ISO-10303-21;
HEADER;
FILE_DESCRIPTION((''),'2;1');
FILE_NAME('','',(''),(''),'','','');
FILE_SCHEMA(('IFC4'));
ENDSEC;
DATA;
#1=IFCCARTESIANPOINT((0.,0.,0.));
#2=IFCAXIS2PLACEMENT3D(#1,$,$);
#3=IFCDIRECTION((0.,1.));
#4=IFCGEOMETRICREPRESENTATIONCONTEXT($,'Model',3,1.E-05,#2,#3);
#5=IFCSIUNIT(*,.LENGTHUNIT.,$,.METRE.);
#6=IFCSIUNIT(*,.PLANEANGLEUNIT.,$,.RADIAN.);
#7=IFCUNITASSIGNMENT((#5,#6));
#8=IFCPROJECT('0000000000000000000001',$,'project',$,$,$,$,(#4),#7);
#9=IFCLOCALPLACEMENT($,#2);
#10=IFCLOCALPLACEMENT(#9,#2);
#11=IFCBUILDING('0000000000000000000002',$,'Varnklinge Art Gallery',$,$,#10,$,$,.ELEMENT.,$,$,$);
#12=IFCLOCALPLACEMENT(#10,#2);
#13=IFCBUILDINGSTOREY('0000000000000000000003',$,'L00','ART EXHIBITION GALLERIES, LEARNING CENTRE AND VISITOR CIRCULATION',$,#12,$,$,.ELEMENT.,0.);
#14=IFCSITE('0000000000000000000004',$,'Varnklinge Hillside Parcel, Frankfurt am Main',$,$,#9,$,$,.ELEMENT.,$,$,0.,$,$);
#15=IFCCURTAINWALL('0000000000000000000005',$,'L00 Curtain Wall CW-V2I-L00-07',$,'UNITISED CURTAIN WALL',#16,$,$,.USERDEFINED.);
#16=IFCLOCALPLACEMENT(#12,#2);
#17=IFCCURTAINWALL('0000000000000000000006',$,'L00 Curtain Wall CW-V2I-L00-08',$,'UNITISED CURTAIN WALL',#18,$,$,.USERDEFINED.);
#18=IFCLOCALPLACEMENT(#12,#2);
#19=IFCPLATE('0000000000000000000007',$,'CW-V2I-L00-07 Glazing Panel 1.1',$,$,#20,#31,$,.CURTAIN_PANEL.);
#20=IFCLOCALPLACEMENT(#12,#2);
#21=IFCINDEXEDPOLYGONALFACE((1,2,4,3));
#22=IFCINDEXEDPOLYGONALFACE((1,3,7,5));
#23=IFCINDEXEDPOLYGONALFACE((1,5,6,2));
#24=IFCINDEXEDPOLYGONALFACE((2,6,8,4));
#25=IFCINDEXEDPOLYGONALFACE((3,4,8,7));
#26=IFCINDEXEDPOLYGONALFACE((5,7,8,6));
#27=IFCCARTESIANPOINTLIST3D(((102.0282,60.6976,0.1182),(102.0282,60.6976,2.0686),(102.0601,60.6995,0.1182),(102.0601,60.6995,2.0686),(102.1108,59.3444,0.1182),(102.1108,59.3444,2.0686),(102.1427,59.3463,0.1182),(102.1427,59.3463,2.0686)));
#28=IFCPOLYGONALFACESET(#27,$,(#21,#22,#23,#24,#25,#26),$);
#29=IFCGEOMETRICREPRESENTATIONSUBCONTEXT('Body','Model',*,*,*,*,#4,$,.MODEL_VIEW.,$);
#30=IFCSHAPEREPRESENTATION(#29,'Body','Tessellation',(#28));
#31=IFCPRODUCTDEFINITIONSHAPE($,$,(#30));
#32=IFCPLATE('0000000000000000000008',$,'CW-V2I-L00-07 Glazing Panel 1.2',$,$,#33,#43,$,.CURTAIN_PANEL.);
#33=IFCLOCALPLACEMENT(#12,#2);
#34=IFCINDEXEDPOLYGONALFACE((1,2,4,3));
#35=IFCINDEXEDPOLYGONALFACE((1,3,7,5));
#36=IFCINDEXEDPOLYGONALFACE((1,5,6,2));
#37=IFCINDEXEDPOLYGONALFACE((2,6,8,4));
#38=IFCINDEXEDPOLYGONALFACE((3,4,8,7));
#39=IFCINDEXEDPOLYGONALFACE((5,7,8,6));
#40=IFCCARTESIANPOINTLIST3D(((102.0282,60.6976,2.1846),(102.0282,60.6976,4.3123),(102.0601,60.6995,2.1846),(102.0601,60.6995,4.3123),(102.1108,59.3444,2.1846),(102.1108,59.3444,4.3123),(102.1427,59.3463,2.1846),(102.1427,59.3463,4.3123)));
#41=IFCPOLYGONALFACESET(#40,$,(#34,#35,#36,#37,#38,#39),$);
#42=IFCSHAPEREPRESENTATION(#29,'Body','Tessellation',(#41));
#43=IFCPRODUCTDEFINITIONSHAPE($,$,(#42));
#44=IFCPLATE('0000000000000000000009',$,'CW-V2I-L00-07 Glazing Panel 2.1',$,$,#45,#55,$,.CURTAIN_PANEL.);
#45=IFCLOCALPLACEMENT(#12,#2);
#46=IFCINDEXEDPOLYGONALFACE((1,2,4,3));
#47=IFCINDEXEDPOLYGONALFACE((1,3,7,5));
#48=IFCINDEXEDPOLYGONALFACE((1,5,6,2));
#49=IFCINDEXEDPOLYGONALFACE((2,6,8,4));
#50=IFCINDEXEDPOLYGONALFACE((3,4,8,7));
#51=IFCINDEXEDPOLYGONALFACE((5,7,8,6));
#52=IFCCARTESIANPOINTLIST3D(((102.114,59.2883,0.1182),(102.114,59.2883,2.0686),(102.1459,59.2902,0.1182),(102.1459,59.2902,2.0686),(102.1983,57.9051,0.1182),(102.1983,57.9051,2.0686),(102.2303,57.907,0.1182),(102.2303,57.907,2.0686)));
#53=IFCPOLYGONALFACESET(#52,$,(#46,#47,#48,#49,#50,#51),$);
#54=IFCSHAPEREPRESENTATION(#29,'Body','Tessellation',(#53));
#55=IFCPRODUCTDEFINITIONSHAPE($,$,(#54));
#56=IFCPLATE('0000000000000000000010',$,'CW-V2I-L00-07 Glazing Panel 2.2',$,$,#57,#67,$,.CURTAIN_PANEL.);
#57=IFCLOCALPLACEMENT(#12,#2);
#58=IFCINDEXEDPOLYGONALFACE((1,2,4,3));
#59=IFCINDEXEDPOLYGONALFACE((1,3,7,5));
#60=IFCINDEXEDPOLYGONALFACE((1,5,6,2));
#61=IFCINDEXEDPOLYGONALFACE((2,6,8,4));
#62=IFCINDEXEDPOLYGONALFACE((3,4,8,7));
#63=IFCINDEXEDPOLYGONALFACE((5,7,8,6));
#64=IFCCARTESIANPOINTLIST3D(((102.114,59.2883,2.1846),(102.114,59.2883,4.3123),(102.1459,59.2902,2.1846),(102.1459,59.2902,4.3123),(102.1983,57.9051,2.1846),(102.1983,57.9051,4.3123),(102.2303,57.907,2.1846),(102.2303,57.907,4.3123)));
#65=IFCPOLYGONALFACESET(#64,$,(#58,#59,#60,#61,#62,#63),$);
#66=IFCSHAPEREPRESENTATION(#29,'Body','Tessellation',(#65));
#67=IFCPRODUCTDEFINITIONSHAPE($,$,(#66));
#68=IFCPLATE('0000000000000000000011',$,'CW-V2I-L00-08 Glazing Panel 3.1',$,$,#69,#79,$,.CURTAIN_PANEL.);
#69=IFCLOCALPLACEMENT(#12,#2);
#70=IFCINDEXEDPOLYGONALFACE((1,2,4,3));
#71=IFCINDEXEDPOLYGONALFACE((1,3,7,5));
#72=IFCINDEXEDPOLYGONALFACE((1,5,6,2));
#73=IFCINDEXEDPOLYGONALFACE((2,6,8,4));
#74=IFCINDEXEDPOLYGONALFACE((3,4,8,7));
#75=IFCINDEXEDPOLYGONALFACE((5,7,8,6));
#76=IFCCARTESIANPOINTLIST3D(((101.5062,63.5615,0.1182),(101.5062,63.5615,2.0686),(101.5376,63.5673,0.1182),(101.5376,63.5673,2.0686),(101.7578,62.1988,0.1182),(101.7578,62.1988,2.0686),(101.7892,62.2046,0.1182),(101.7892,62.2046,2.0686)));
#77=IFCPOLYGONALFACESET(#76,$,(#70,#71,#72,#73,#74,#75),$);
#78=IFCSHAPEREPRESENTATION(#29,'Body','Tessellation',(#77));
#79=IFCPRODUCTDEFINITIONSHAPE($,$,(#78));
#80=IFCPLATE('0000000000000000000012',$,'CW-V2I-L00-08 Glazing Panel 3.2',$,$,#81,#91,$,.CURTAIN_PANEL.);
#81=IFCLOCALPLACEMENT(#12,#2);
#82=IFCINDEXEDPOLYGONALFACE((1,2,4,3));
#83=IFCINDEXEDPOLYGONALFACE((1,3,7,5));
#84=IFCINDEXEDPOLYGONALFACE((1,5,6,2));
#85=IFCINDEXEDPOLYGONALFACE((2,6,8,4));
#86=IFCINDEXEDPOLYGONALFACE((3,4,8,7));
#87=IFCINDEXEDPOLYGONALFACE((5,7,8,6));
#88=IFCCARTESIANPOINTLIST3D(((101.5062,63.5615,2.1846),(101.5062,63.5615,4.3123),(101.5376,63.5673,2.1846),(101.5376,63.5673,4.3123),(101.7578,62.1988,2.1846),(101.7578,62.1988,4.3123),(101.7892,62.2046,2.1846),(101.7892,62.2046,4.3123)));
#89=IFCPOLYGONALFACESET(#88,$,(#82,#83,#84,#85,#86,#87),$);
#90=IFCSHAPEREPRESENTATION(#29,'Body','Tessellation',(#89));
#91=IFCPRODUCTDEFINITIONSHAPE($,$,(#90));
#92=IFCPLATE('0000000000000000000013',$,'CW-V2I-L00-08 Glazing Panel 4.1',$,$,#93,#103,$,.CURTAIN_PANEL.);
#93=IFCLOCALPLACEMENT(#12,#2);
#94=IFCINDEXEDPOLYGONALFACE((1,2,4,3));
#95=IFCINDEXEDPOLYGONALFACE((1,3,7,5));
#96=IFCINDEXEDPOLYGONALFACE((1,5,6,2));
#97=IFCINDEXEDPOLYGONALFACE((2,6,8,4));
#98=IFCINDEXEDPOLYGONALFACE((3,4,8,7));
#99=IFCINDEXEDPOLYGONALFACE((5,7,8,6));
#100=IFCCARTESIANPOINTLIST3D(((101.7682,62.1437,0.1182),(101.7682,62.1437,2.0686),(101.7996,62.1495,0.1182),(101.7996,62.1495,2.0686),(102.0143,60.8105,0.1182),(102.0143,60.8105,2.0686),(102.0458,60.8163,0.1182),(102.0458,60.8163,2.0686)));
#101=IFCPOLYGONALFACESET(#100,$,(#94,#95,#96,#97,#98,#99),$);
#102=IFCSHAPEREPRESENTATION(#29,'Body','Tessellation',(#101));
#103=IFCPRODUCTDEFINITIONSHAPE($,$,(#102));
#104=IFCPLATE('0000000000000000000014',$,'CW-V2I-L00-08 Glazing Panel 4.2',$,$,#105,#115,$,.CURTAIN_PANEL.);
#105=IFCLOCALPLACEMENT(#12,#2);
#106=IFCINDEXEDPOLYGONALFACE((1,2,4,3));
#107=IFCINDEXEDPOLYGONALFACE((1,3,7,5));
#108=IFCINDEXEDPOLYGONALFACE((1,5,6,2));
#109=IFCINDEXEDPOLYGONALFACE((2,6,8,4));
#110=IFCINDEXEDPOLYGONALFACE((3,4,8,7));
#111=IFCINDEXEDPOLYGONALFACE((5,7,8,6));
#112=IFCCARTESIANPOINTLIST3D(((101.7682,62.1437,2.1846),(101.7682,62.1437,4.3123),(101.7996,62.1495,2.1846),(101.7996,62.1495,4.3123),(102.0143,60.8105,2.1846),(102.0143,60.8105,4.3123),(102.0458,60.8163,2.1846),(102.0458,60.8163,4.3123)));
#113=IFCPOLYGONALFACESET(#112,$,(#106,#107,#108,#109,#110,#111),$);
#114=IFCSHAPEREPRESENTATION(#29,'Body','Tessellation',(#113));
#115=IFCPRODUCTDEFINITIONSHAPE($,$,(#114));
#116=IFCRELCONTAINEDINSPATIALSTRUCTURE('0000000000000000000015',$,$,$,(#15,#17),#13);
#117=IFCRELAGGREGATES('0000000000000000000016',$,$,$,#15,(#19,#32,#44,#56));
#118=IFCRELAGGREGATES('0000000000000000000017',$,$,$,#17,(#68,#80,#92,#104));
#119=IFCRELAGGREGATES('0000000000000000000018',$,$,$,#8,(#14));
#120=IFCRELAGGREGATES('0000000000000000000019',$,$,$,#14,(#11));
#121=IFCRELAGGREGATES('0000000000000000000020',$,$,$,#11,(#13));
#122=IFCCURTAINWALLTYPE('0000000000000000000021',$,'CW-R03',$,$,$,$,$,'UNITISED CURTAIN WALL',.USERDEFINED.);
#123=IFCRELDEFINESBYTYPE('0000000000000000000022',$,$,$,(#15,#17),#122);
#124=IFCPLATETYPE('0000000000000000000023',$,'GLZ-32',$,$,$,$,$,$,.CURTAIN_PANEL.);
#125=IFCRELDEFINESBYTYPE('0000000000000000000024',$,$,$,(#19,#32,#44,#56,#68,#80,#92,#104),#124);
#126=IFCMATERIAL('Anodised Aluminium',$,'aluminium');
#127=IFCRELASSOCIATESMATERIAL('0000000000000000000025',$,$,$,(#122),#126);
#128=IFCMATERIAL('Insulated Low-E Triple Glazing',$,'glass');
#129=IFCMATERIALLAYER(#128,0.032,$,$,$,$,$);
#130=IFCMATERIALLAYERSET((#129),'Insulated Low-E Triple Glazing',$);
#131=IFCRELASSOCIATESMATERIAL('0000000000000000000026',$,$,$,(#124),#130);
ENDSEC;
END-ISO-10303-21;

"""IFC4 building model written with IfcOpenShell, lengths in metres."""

from ifc_helpers import new_model, si_unit, direction, frame, origin, origin_2d, place, context, subcontext, project, spatial, rectangle, extrude, material, layer, layer_set, type_object, element, aggregate, save


model = new_model("IFC4")

# Units and contexts
model_context = context("Model", 3, precision=1e-05, world=origin(), true_north=direction((0.0, 1.0)))
body_context = subcontext(model_context, "Body", "Model", "MODEL_VIEW")
ifc_project = project(units=[si_unit("LENGTHUNIT", "METRE"), si_unit("PLANEANGLEUNIT", "RADIAN")], contexts=[model_context])

# Site, building, storey
site_placement = place(None, origin())
site = spatial("IfcSite", under=ifc_project, at=site_placement, Name="Varnklinge Hillside Parcel, Frankfurt am Main", CompositionType="ELEMENT", RefElevation=0.0)
building_placement = place(site_placement, origin())
building = spatial("IfcBuilding", under=site, at=building_placement, Name="Varnklinge Art Gallery", CompositionType="ELEMENT")
storey_placement = place(building_placement, origin())
storey = spatial("IfcBuildingStorey", under=building, at=storey_placement, Name="L00", Description="ART EXHIBITION GALLERIES, LEARNING CENTRE AND VISITOR CIRCULATION", CompositionType="ELEMENT", Elevation=0.0)

# Curtain walls
ifc_material_1 = material(Name="Anodised Aluminium", Category="aluminium")
curtain_wall_type = type_object("IfcCurtainWallType", Name="CW-R03", ElementType="UNITISED CURTAIN WALL", PredefinedType="USERDEFINED", material=ifc_material_1)
curtain_wall_1_placement = place(storey_placement, origin())
curtain_wall_1 = element("IfcCurtainWall", 1, at=curtain_wall_1_placement, inside=storey, type_object=curtain_wall_type, Name="L00 Curtain Wall CW-V2I-L00-07", ObjectType="UNITISED CURTAIN WALL", PredefinedType="USERDEFINED")
curtain_wall_2_placement = place(storey_placement, origin())
curtain_wall_2 = element("IfcCurtainWall", 2, at=curtain_wall_2_placement, inside=storey, type_object=curtain_wall_type, Name="L00 Curtain Wall CW-V2I-L00-08", ObjectType="UNITISED CURTAIN WALL", PredefinedType="USERDEFINED")

# Plates
ifc_material_2 = material(Name="Insulated Low-E Triple Glazing", Category="glass")
ifc_layer = layer(ifc_material_2, 0.032)
ifc_layer_set = layer_set([ifc_layer], Name="Insulated Low-E Triple Glazing")
plate_type = type_object("IfcPlateType", Name="GLZ-32", PredefinedType="CURTAIN_PANEL", material=ifc_layer_set)
plate_1_placement = place(storey_placement, frame((102.0854, 60.022, 0.1182), z_axis=(0.0, 0.0, 1.0), x_axis=(0.060874, -0.998145, 0.0)))
plate_1 = element("IfcPlate", 3, at=plate_1_placement, type_object=plate_type, Name="CW-V2I-L00-07 Glazing Panel 1.1", PredefinedType="CURTAIN_PANEL", context=body_context, shape_type="SweptSolid", body=[
    extrude(rectangle(XDim=1.3557, YDim=0.032, at=origin_2d()), origin(), (0.0, 0.0, 1.0), 1.9504),
])
plate_2_placement = place(storey_placement, frame((102.0854, 60.022, 2.1846), z_axis=(0.0, 0.0, 1.0), x_axis=(0.060874, -0.998145, 0.0)))
plate_2 = element("IfcPlate", 4, at=plate_2_placement, type_object=plate_type, Name="CW-V2I-L00-07 Glazing Panel 1.2", PredefinedType="CURTAIN_PANEL", context=body_context, shape_type="SweptSolid", body=[
    extrude(rectangle(XDim=1.3557, YDim=0.032, at=origin_2d()), origin(), (0.0, 0.0, 1.0), 2.1277),
])
plate_3_placement = place(storey_placement, frame((102.1721, 58.5977, 0.1182), z_axis=(0.0, 0.0, 1.0), x_axis=(0.060874, -0.998145, 0.0)))
plate_3 = element("IfcPlate", 5, at=plate_3_placement, type_object=plate_type, Name="CW-V2I-L00-07 Glazing Panel 2.1", PredefinedType="CURTAIN_PANEL", context=body_context, shape_type="SweptSolid", body=[
    extrude(rectangle(XDim=1.3857, YDim=0.032, at=origin_2d()), origin(), (0.0, 0.0, 1.0), 1.9504),
])
plate_4_placement = place(storey_placement, frame((102.1721, 58.5977, 2.1846), z_axis=(0.0, 0.0, 1.0), x_axis=(0.060874, -0.998145, 0.0)))
plate_4 = element("IfcPlate", 6, at=plate_4_placement, type_object=plate_type, Name="CW-V2I-L00-07 Glazing Panel 2.2", PredefinedType="CURTAIN_PANEL", context=body_context, shape_type="SweptSolid", body=[
    extrude(rectangle(XDim=1.3857, YDim=0.032, at=origin_2d()), origin(), (0.0, 0.0, 1.0), 2.1277),
])
aggregate(curtain_wall_1, [plate_1, plate_2, plate_3, plate_4])
plate_5_placement = place(storey_placement, frame((101.6477, 62.8831, 0.1182), z_axis=(0.0, 0.0, 1.0), x_axis=(0.181549, -0.983382, 0.0)))
plate_5 = element("IfcPlate", 7, at=plate_5_placement, type_object=plate_type, Name="CW-V2I-L00-08 Glazing Panel 3.1", PredefinedType="CURTAIN_PANEL", context=body_context, shape_type="SweptSolid", body=[
    extrude(rectangle(XDim=1.3857, YDim=0.032, at=origin_2d()), origin(), (0.0, 0.0, 1.0), 1.9504),
])
plate_6_placement = place(storey_placement, frame((101.6477, 62.8831, 2.1846), z_axis=(0.0, 0.0, 1.0), x_axis=(0.181549, -0.983382, 0.0)))
plate_6 = element("IfcPlate", 8, at=plate_6_placement, type_object=plate_type, Name="CW-V2I-L00-08 Glazing Panel 3.2", PredefinedType="CURTAIN_PANEL", context=body_context, shape_type="SweptSolid", body=[
    extrude(rectangle(XDim=1.3857, YDim=0.032, at=origin_2d()), origin(), (0.0, 0.0, 1.0), 2.1277),
])
plate_7_placement = place(storey_placement, frame((101.907, 61.48, 0.1182), z_axis=(0.0, 0.0, 1.0), x_axis=(0.181549, -0.983382, 0.0)))
plate_7 = element("IfcPlate", 9, at=plate_7_placement, type_object=plate_type, Name="CW-V2I-L00-08 Glazing Panel 4.1", PredefinedType="CURTAIN_PANEL", context=body_context, shape_type="SweptSolid", body=[
    extrude(rectangle(XDim=1.3557, YDim=0.032, at=origin_2d()), origin(), (0.0, 0.0, 1.0), 1.9504),
])
plate_8_placement = place(storey_placement, frame((101.907, 61.48, 2.1846), z_axis=(0.0, 0.0, 1.0), x_axis=(0.181549, -0.983382, 0.0)))
plate_8 = element("IfcPlate", 10, at=plate_8_placement, type_object=plate_type, Name="CW-V2I-L00-08 Glazing Panel 4.2", PredefinedType="CURTAIN_PANEL", context=body_context, shape_type="SweptSolid", body=[
    extrude(rectangle(XDim=1.3557, YDim=0.032, at=origin_2d()), origin(), (0.0, 0.0, 1.0), 2.1277),
])
aggregate(curtain_wall_2, [plate_5, plate_6, plate_7, plate_8])

save(model, "model.ifc")
